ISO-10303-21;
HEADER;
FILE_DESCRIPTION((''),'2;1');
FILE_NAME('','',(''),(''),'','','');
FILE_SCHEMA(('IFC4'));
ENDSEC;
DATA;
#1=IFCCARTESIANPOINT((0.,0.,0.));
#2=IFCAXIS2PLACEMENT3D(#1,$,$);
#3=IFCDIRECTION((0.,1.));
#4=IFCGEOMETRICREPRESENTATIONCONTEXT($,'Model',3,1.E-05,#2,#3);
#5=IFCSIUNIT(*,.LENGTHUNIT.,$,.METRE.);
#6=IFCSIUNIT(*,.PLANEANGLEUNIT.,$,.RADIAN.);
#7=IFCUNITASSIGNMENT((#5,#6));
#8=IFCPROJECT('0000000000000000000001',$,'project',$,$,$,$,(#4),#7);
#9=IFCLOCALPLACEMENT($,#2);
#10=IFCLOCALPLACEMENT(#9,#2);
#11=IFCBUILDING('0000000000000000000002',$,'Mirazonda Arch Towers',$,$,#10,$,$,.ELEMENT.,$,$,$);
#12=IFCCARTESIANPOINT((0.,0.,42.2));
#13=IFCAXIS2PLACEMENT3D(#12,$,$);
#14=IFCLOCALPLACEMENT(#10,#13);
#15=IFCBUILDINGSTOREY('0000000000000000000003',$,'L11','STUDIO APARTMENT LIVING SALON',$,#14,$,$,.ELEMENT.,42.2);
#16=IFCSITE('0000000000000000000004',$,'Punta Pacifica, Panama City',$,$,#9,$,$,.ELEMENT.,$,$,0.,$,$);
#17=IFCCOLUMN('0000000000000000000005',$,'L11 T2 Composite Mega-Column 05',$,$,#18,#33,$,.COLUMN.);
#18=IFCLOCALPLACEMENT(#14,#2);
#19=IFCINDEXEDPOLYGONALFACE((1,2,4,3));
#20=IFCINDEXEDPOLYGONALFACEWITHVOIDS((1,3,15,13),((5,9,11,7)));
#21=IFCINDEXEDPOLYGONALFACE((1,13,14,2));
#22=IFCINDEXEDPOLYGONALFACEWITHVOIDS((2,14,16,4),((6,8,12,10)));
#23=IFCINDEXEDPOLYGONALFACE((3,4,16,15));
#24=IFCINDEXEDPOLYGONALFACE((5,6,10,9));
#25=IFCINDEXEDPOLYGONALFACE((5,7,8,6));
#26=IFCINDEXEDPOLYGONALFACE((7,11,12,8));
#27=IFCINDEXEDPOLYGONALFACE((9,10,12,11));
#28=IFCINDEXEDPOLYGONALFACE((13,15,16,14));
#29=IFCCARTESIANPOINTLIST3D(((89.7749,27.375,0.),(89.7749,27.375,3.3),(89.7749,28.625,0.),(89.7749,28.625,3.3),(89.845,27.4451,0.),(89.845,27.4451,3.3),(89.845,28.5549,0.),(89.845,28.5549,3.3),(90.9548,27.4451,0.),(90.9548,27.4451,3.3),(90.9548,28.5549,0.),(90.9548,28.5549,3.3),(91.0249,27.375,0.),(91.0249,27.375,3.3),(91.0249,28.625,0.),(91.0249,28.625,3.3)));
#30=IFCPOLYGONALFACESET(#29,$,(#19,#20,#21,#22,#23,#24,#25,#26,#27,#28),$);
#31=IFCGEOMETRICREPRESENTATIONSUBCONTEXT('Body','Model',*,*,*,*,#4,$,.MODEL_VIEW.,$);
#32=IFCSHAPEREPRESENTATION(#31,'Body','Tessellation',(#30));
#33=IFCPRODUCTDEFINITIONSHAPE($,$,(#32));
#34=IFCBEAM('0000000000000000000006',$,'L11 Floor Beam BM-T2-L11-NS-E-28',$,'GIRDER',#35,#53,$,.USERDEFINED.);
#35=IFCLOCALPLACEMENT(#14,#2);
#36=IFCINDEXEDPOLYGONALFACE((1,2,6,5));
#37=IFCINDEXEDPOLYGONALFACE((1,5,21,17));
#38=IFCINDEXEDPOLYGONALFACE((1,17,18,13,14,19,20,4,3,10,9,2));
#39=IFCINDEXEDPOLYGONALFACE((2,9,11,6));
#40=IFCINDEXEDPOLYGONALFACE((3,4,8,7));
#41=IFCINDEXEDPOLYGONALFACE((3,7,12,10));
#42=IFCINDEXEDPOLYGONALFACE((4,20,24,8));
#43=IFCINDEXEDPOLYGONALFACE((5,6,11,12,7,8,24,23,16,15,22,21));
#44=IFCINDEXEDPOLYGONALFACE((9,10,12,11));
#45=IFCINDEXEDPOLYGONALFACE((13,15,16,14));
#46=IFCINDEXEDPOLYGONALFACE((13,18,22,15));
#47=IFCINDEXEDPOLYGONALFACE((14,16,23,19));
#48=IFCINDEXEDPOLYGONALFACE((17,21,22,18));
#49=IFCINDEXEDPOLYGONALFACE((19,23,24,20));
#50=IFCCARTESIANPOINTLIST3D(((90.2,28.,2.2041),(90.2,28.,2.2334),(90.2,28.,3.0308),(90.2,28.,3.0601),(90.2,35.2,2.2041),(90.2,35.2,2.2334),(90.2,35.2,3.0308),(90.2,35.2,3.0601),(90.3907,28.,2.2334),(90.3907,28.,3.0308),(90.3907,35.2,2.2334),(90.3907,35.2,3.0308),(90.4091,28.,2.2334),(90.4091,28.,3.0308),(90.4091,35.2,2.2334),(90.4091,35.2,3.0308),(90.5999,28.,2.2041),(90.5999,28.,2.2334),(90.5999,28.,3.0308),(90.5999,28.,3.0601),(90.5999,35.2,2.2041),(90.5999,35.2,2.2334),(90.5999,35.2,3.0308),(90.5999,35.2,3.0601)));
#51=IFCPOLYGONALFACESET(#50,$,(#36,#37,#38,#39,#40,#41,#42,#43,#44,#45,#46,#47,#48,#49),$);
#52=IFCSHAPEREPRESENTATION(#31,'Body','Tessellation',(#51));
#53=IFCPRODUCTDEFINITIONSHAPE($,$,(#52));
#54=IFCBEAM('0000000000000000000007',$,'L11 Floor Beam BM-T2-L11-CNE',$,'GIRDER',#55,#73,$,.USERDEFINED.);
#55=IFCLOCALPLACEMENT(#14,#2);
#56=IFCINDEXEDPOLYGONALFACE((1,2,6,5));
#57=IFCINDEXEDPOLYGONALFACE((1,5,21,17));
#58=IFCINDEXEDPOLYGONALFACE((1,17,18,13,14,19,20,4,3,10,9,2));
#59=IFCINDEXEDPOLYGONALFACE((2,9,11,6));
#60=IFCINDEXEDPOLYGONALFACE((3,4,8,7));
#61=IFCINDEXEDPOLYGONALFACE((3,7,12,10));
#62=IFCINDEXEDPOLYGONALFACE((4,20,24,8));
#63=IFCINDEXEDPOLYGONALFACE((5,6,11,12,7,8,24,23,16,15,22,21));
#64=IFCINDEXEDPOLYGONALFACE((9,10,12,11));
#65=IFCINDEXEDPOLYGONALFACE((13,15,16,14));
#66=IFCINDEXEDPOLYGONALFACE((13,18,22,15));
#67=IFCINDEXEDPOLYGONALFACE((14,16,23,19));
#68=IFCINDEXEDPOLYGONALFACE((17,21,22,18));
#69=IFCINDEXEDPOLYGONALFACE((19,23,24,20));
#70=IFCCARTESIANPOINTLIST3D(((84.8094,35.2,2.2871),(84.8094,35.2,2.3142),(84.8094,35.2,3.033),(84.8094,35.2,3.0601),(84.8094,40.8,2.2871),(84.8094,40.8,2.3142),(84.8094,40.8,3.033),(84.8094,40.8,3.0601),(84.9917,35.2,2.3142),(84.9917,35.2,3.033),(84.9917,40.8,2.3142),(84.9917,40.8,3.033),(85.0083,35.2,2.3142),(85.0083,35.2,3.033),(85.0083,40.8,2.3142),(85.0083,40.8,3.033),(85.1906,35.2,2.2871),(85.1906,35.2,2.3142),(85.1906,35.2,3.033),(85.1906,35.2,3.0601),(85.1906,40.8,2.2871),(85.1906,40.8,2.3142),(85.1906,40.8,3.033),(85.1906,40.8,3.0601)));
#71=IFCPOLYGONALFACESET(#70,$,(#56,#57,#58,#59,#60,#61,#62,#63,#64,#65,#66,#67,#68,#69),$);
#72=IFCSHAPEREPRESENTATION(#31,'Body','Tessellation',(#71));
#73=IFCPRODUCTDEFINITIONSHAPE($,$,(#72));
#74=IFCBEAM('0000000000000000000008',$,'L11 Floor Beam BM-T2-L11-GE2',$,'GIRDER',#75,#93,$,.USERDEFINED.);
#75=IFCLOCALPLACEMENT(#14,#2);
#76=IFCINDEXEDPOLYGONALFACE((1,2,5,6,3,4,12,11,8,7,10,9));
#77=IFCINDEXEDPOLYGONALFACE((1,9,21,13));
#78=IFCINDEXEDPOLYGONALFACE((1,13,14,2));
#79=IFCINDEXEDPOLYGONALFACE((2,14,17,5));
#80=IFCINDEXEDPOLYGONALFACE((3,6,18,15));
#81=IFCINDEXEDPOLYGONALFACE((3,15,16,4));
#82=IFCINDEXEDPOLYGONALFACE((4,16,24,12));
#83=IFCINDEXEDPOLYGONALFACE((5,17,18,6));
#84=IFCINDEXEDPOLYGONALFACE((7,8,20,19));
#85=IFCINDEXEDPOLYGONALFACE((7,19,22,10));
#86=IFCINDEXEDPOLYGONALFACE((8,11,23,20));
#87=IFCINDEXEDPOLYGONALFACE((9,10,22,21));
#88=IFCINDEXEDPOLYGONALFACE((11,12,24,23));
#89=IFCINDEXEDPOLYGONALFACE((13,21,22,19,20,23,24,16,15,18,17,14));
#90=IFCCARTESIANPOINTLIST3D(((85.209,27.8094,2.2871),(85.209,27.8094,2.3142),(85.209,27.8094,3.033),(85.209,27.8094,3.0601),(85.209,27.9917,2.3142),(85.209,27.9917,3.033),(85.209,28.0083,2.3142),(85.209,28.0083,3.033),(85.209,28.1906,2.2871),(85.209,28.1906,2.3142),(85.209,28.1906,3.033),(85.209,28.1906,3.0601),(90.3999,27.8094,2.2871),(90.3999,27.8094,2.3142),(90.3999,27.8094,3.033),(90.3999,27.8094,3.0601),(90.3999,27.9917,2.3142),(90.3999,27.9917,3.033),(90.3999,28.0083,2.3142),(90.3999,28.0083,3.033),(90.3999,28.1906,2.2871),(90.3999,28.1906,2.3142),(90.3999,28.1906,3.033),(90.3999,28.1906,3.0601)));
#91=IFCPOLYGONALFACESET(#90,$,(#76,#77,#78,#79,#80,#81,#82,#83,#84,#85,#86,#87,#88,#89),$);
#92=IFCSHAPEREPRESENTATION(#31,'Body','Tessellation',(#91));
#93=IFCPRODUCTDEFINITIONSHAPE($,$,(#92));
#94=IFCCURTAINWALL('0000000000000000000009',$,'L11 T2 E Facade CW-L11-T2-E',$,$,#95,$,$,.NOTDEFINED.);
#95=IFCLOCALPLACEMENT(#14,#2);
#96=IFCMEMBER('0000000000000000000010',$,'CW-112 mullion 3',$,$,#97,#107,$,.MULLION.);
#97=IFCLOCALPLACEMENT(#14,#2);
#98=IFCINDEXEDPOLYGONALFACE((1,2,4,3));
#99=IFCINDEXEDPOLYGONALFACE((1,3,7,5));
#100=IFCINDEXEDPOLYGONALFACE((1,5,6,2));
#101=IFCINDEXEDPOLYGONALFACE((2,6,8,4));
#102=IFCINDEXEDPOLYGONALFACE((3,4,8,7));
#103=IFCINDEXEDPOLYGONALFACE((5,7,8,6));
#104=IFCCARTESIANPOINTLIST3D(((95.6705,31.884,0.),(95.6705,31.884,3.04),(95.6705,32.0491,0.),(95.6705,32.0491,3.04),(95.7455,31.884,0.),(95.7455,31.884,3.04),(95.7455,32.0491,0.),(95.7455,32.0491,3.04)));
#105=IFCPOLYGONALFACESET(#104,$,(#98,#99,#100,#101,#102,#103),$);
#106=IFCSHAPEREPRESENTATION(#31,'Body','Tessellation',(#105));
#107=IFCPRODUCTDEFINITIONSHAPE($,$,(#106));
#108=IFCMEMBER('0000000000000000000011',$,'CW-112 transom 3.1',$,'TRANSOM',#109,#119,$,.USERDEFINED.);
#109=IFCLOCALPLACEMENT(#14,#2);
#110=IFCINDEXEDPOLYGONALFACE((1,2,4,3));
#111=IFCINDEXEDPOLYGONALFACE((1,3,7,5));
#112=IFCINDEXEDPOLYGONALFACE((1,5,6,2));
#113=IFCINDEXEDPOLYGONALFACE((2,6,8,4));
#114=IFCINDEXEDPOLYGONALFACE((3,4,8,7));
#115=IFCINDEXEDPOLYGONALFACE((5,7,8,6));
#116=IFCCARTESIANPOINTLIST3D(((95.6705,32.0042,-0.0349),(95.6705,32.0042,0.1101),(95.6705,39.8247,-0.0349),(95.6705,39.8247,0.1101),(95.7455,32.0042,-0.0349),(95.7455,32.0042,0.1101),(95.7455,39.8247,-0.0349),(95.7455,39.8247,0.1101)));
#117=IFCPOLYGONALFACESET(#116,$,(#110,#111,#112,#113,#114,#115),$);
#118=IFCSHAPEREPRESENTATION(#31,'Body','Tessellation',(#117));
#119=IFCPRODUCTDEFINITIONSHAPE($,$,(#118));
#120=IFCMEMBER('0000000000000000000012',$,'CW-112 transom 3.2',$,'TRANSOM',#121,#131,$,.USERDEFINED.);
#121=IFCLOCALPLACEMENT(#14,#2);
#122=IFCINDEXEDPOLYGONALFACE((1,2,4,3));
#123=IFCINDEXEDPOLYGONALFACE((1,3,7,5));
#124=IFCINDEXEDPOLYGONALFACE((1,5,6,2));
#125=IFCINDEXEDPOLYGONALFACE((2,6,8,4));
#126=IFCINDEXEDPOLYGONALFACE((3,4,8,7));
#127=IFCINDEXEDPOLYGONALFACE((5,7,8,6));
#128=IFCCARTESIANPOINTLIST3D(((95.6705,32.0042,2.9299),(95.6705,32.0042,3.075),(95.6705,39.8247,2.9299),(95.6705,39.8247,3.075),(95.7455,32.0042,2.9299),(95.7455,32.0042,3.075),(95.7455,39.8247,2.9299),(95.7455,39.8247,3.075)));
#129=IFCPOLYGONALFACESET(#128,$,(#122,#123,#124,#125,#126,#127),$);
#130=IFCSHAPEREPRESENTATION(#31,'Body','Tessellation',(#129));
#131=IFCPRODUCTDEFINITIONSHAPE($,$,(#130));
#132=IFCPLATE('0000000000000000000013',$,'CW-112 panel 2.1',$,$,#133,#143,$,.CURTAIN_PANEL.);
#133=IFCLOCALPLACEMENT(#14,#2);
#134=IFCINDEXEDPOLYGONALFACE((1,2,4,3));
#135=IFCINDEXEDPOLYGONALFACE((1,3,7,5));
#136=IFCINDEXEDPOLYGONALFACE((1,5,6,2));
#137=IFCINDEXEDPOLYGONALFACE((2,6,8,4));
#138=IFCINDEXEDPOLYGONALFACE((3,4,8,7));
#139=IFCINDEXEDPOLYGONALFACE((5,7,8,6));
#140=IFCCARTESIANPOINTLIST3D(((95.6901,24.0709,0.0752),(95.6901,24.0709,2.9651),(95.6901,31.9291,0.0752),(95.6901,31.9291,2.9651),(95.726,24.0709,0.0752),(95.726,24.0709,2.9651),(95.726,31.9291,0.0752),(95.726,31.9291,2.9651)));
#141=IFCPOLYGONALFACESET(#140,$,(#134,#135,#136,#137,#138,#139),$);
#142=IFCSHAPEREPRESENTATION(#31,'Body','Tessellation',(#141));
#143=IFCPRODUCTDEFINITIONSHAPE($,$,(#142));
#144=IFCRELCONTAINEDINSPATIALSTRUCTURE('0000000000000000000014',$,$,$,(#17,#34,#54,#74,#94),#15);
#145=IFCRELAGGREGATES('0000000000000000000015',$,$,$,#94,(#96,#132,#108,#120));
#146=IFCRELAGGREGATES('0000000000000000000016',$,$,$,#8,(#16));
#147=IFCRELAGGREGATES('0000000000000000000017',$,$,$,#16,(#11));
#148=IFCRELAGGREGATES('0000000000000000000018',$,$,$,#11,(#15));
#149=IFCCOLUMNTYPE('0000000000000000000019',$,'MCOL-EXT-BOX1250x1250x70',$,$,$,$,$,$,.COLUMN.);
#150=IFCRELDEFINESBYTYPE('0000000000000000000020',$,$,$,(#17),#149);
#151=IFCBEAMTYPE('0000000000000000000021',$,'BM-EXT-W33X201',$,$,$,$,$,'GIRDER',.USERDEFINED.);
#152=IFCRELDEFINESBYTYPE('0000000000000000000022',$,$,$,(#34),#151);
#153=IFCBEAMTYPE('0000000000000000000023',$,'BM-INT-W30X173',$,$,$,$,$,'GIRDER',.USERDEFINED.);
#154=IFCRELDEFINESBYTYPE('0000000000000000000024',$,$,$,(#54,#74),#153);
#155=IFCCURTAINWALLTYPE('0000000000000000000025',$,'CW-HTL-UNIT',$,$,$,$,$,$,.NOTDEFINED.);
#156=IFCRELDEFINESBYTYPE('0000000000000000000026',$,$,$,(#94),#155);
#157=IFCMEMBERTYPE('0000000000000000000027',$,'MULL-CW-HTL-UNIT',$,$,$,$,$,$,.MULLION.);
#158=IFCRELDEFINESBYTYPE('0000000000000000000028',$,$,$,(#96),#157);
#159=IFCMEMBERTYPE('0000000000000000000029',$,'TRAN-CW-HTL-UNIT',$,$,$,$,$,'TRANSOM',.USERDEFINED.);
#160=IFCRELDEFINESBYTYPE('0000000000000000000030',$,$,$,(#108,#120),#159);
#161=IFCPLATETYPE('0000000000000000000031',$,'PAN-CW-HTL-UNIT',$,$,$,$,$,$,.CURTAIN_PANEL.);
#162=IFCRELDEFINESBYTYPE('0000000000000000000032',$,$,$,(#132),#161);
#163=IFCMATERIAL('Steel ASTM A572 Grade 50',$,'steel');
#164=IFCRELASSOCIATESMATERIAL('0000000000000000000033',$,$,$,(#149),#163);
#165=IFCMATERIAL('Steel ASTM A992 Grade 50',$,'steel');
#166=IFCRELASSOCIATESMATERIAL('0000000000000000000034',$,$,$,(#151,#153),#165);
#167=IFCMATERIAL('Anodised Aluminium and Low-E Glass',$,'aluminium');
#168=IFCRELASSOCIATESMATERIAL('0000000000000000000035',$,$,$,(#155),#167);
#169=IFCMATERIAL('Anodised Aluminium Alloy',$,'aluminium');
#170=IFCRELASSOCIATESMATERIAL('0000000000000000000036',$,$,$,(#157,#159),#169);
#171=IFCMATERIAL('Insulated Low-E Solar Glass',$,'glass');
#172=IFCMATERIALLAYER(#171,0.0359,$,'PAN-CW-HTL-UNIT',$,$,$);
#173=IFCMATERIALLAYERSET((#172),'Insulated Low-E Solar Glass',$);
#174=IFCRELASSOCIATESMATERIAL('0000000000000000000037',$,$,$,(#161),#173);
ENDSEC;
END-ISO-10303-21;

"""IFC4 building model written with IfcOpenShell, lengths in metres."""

from ifc_helpers import new_model, si_unit, direction, frame, origin, origin_2d, place, context, subcontext, project, spatial, rectangle, hollow_rectangle, i_section, extrude, material, layer, layer_set, material_profile, profile_set, type_object, element, aggregate, save


model = new_model("IFC4")

# Units and contexts
model_context = context("Model", 3, precision=1e-05, world=origin(), true_north=direction((0.0, 1.0)))
body_context = subcontext(model_context, "Body", "Model", "MODEL_VIEW")
ifc_project = project(units=[si_unit("LENGTHUNIT", "METRE"), si_unit("PLANEANGLEUNIT", "RADIAN")], contexts=[model_context])

# Site, building, storey
site_placement = place(None, origin())
site = spatial("IfcSite", under=ifc_project, at=site_placement, Name="Punta Pacifica, Panama City", CompositionType="ELEMENT", RefElevation=0.0)
building_placement = place(site_placement, origin())
building = spatial("IfcBuilding", under=site, at=building_placement, Name="Mirazonda Arch Towers", CompositionType="ELEMENT")
storey_placement = place(building_placement, frame((0.0, 0.0, 42.2)))
storey = spatial("IfcBuildingStorey", under=building, at=storey_placement, Name="L11", Description="STUDIO APARTMENT LIVING SALON", CompositionType="ELEMENT", Elevation=42.2)

# Column
ifc_material_1 = material(Name="Steel ASTM A572 Grade 50", Category="steel")
ifc_material_profile_1 = material_profile(ifc_material_1, hollow_rectangle(XDim=1.25, YDim=1.25, WallThickness=0.0701, at=origin_2d()), Name="BOX1250x1250x70")
ifc_profile_set_1 = profile_set([ifc_material_profile_1], Name="Steel ASTM A572 Grade 50")
column_type = type_object("IfcColumnType", Name="MCOL-EXT-BOX1250x1250x70", PredefinedType="COLUMN", material=ifc_profile_set_1)
column_placement = place(storey_placement, frame((90.3999, 28.0, 0.0), z_axis=(0.0, 0.0, 1.0), x_axis=(1.0, 0.0, 0.0)))
element("IfcColumn", 1, at=column_placement, inside=storey, type_object=column_type, Name="L11 T2 Composite Mega-Column 05", PredefinedType="COLUMN", context=body_context, shape_type="SweptSolid", body=[
    extrude(hollow_rectangle(XDim=1.25, YDim=1.25, WallThickness=0.0701, at=origin_2d()), origin(), (0.0, 0.0, 1.0), 3.3),
])

# Beams
ifc_material_2 = material(Name="Steel ASTM A992 Grade 50", Category="steel")
ifc_material_profile_2 = material_profile(ifc_material_2, i_section(OverallWidth=0.3999, OverallDepth=0.856, WebThickness=0.0183, FlangeThickness=0.0293, at=origin_2d()), Name="W33X201")
ifc_profile_set_2 = profile_set([ifc_material_profile_2], Name="Steel ASTM A992 Grade 50")
beam_type_1 = type_object("IfcBeamType", Name="BM-EXT-W33X201", ElementType="GIRDER", PredefinedType="USERDEFINED", material=ifc_profile_set_2)
beam_1_placement = place(storey_placement, frame((90.3999, 28.0, 2.6321), z_axis=(0.0, 1.0, 0.0), x_axis=(-1.0, 0.0, 0.0)))
element("IfcBeam", 2, at=beam_1_placement, inside=storey, type_object=beam_type_1, Name="L11 Floor Beam BM-T2-L11-NS-E-28", ObjectType="GIRDER", PredefinedType="USERDEFINED", context=body_context, shape_type="SweptSolid", body=[
    extrude(i_section(OverallWidth=0.3999, OverallDepth=0.856, WebThickness=0.0183, FlangeThickness=0.0293, at=origin_2d()), origin(), (0.0, 0.0, 1.0), 7.2),
])
ifc_material_profile_3 = material_profile(ifc_material_2, i_section(OverallWidth=0.3811, OverallDepth=0.7729, WebThickness=0.0166, FlangeThickness=0.0271, at=origin_2d()), Name="W30X173")
ifc_profile_set_3 = profile_set([ifc_material_profile_3], Name="Steel ASTM A992 Grade 50")
beam_type_2 = type_object("IfcBeamType", Name="BM-INT-W30X173", ElementType="GIRDER", PredefinedType="USERDEFINED", material=ifc_profile_set_3)
beam_2_placement = place(storey_placement, frame((85.0, 35.2, 2.6736), z_axis=(0.0, 1.0, 0.0), x_axis=(-1.0, 0.0, 0.0)))
element("IfcBeam", 3, at=beam_2_placement, inside=storey, type_object=beam_type_2, Name="L11 Floor Beam BM-T2-L11-CNE", ObjectType="GIRDER", PredefinedType="USERDEFINED", context=body_context, shape_type="SweptSolid", body=[
    extrude(i_section(OverallWidth=0.3811, OverallDepth=0.7729, WebThickness=0.0166, FlangeThickness=0.0271, at=origin_2d()), origin(), (0.0, 0.0, 1.0), 5.6001),
])
beam_3_placement = place(storey_placement, frame((85.209, 28.0, 2.6736), z_axis=(1.0, 0.0, 0.0), x_axis=(0.0, 1.0, 0.0)))
element("IfcBeam", 4, at=beam_3_placement, inside=storey, type_object=beam_type_2, Name="L11 Floor Beam BM-T2-L11-GE2", ObjectType="GIRDER", PredefinedType="USERDEFINED", context=body_context, shape_type="SweptSolid", body=[
    extrude(i_section(OverallWidth=0.3811, OverallDepth=0.7729, WebThickness=0.0166, FlangeThickness=0.0271, at=origin_2d()), origin(), (0.0, 0.0, 1.0), 5.1909),
])

# Curtain wall, members, plate
ifc_material_3 = material(Name="Anodised Aluminium and Low-E Glass", Category="aluminium")
curtain_wall_type = type_object("IfcCurtainWallType", Name="CW-HTL-UNIT", PredefinedType="NOTDEFINED", material=ifc_material_3)
curtain_wall_placement = place(storey_placement, origin())
curtain_wall = element("IfcCurtainWall", 5, at=curtain_wall_placement, inside=storey, type_object=curtain_wall_type, Name="L11 T2 E Facade CW-L11-T2-E", PredefinedType="NOTDEFINED")
ifc_material_4 = material(Name="Anodised Aluminium Alloy", Category="aluminium")
ifc_material_profile_4 = material_profile(ifc_material_4, rectangle(XDim=0.075, YDim=0.165, at=origin_2d()), Name="ALU-MULL-75x165")
ifc_profile_set_4 = profile_set([ifc_material_profile_4], Name="Anodised Aluminium Alloy")
member_type_1 = type_object("IfcMemberType", Name="MULL-CW-HTL-UNIT", PredefinedType="MULLION", material=ifc_profile_set_4)
member_1_placement = place(storey_placement, frame((95.708, 31.9666, 0.0), z_axis=(0.0, 0.0, 1.0), x_axis=(-1.0, 0.0, 0.0)))
member_1 = element("IfcMember", 6, at=member_1_placement, type_object=member_type_1, Name="CW-112 mullion 3", PredefinedType="MULLION", context=body_context, shape_type="SweptSolid", body=[
    extrude(rectangle(XDim=0.075, YDim=0.165, at=origin_2d()), origin(), (0.0, 0.0, 1.0), 3.04),
])
ifc_material_profile_5 = material_profile(ifc_material_4, rectangle(XDim=0.075, YDim=0.145, at=origin_2d()), Name="ALU-TRAN-75x145")
ifc_profile_set_5 = profile_set([ifc_material_profile_5], Name="Anodised Aluminium Alloy")
member_type_2 = type_object("IfcMemberType", Name="TRAN-CW-HTL-UNIT", ElementType="TRANSOM", PredefinedType="USERDEFINED", material=ifc_profile_set_5)
member_2_placement = place(storey_placement, frame((95.708, 32.0042, 0.0376), z_axis=(0.0, 1.0, 0.0), x_axis=(-1.0, 0.0, 0.0)))
member_2 = element("IfcMember", 7, at=member_2_placement, type_object=member_type_2, Name="CW-112 transom 3.1", ObjectType="TRANSOM", PredefinedType="USERDEFINED", context=body_context, shape_type="SweptSolid", body=[
    extrude(rectangle(XDim=0.075, YDim=0.145, at=origin_2d()), origin(), (0.0, 0.0, 1.0), 7.8206),
])
member_3_placement = place(storey_placement, frame((95.708, 32.0042, 3.0024), z_axis=(0.0, 1.0, 0.0), x_axis=(-1.0, 0.0, 0.0)))
member_3 = element("IfcMember", 8, at=member_3_placement, type_object=member_type_2, Name="CW-112 transom 3.2", ObjectType="TRANSOM", PredefinedType="USERDEFINED", context=body_context, shape_type="SweptSolid", body=[
    extrude(rectangle(XDim=0.075, YDim=0.145, at=origin_2d()), origin(), (0.0, 0.0, 1.0), 7.8206),
])
ifc_material_5 = material(Name="Insulated Low-E Solar Glass", Category="glass")
ifc_layer_1 = layer(ifc_material_5, 0.0359, Name="PAN-CW-HTL-UNIT")
ifc_layer_set_1 = layer_set([ifc_layer_1], Name="Insulated Low-E Solar Glass")
plate_type = type_object("IfcPlateType", Name="PAN-CW-HTL-UNIT", PredefinedType="CURTAIN_PANEL", material=ifc_layer_set_1)
plate_placement = place(storey_placement, frame((95.708, 28.0, 0.0752), z_axis=(0.0, 0.0, 1.0), x_axis=(0.0, 1.0, 0.0)))
plate = element("IfcPlate", 9, at=plate_placement, type_object=plate_type, Name="CW-112 panel 2.1", PredefinedType="CURTAIN_PANEL", context=body_context, shape_type="SweptSolid", body=[
    extrude(rectangle(XDim=7.8582, YDim=0.0359, at=origin_2d()), origin(), (0.0, 0.0, 1.0), 2.8899),
])
aggregate(curtain_wall, [member_1, plate, member_2, member_3])

save(model, "model.ifc")
